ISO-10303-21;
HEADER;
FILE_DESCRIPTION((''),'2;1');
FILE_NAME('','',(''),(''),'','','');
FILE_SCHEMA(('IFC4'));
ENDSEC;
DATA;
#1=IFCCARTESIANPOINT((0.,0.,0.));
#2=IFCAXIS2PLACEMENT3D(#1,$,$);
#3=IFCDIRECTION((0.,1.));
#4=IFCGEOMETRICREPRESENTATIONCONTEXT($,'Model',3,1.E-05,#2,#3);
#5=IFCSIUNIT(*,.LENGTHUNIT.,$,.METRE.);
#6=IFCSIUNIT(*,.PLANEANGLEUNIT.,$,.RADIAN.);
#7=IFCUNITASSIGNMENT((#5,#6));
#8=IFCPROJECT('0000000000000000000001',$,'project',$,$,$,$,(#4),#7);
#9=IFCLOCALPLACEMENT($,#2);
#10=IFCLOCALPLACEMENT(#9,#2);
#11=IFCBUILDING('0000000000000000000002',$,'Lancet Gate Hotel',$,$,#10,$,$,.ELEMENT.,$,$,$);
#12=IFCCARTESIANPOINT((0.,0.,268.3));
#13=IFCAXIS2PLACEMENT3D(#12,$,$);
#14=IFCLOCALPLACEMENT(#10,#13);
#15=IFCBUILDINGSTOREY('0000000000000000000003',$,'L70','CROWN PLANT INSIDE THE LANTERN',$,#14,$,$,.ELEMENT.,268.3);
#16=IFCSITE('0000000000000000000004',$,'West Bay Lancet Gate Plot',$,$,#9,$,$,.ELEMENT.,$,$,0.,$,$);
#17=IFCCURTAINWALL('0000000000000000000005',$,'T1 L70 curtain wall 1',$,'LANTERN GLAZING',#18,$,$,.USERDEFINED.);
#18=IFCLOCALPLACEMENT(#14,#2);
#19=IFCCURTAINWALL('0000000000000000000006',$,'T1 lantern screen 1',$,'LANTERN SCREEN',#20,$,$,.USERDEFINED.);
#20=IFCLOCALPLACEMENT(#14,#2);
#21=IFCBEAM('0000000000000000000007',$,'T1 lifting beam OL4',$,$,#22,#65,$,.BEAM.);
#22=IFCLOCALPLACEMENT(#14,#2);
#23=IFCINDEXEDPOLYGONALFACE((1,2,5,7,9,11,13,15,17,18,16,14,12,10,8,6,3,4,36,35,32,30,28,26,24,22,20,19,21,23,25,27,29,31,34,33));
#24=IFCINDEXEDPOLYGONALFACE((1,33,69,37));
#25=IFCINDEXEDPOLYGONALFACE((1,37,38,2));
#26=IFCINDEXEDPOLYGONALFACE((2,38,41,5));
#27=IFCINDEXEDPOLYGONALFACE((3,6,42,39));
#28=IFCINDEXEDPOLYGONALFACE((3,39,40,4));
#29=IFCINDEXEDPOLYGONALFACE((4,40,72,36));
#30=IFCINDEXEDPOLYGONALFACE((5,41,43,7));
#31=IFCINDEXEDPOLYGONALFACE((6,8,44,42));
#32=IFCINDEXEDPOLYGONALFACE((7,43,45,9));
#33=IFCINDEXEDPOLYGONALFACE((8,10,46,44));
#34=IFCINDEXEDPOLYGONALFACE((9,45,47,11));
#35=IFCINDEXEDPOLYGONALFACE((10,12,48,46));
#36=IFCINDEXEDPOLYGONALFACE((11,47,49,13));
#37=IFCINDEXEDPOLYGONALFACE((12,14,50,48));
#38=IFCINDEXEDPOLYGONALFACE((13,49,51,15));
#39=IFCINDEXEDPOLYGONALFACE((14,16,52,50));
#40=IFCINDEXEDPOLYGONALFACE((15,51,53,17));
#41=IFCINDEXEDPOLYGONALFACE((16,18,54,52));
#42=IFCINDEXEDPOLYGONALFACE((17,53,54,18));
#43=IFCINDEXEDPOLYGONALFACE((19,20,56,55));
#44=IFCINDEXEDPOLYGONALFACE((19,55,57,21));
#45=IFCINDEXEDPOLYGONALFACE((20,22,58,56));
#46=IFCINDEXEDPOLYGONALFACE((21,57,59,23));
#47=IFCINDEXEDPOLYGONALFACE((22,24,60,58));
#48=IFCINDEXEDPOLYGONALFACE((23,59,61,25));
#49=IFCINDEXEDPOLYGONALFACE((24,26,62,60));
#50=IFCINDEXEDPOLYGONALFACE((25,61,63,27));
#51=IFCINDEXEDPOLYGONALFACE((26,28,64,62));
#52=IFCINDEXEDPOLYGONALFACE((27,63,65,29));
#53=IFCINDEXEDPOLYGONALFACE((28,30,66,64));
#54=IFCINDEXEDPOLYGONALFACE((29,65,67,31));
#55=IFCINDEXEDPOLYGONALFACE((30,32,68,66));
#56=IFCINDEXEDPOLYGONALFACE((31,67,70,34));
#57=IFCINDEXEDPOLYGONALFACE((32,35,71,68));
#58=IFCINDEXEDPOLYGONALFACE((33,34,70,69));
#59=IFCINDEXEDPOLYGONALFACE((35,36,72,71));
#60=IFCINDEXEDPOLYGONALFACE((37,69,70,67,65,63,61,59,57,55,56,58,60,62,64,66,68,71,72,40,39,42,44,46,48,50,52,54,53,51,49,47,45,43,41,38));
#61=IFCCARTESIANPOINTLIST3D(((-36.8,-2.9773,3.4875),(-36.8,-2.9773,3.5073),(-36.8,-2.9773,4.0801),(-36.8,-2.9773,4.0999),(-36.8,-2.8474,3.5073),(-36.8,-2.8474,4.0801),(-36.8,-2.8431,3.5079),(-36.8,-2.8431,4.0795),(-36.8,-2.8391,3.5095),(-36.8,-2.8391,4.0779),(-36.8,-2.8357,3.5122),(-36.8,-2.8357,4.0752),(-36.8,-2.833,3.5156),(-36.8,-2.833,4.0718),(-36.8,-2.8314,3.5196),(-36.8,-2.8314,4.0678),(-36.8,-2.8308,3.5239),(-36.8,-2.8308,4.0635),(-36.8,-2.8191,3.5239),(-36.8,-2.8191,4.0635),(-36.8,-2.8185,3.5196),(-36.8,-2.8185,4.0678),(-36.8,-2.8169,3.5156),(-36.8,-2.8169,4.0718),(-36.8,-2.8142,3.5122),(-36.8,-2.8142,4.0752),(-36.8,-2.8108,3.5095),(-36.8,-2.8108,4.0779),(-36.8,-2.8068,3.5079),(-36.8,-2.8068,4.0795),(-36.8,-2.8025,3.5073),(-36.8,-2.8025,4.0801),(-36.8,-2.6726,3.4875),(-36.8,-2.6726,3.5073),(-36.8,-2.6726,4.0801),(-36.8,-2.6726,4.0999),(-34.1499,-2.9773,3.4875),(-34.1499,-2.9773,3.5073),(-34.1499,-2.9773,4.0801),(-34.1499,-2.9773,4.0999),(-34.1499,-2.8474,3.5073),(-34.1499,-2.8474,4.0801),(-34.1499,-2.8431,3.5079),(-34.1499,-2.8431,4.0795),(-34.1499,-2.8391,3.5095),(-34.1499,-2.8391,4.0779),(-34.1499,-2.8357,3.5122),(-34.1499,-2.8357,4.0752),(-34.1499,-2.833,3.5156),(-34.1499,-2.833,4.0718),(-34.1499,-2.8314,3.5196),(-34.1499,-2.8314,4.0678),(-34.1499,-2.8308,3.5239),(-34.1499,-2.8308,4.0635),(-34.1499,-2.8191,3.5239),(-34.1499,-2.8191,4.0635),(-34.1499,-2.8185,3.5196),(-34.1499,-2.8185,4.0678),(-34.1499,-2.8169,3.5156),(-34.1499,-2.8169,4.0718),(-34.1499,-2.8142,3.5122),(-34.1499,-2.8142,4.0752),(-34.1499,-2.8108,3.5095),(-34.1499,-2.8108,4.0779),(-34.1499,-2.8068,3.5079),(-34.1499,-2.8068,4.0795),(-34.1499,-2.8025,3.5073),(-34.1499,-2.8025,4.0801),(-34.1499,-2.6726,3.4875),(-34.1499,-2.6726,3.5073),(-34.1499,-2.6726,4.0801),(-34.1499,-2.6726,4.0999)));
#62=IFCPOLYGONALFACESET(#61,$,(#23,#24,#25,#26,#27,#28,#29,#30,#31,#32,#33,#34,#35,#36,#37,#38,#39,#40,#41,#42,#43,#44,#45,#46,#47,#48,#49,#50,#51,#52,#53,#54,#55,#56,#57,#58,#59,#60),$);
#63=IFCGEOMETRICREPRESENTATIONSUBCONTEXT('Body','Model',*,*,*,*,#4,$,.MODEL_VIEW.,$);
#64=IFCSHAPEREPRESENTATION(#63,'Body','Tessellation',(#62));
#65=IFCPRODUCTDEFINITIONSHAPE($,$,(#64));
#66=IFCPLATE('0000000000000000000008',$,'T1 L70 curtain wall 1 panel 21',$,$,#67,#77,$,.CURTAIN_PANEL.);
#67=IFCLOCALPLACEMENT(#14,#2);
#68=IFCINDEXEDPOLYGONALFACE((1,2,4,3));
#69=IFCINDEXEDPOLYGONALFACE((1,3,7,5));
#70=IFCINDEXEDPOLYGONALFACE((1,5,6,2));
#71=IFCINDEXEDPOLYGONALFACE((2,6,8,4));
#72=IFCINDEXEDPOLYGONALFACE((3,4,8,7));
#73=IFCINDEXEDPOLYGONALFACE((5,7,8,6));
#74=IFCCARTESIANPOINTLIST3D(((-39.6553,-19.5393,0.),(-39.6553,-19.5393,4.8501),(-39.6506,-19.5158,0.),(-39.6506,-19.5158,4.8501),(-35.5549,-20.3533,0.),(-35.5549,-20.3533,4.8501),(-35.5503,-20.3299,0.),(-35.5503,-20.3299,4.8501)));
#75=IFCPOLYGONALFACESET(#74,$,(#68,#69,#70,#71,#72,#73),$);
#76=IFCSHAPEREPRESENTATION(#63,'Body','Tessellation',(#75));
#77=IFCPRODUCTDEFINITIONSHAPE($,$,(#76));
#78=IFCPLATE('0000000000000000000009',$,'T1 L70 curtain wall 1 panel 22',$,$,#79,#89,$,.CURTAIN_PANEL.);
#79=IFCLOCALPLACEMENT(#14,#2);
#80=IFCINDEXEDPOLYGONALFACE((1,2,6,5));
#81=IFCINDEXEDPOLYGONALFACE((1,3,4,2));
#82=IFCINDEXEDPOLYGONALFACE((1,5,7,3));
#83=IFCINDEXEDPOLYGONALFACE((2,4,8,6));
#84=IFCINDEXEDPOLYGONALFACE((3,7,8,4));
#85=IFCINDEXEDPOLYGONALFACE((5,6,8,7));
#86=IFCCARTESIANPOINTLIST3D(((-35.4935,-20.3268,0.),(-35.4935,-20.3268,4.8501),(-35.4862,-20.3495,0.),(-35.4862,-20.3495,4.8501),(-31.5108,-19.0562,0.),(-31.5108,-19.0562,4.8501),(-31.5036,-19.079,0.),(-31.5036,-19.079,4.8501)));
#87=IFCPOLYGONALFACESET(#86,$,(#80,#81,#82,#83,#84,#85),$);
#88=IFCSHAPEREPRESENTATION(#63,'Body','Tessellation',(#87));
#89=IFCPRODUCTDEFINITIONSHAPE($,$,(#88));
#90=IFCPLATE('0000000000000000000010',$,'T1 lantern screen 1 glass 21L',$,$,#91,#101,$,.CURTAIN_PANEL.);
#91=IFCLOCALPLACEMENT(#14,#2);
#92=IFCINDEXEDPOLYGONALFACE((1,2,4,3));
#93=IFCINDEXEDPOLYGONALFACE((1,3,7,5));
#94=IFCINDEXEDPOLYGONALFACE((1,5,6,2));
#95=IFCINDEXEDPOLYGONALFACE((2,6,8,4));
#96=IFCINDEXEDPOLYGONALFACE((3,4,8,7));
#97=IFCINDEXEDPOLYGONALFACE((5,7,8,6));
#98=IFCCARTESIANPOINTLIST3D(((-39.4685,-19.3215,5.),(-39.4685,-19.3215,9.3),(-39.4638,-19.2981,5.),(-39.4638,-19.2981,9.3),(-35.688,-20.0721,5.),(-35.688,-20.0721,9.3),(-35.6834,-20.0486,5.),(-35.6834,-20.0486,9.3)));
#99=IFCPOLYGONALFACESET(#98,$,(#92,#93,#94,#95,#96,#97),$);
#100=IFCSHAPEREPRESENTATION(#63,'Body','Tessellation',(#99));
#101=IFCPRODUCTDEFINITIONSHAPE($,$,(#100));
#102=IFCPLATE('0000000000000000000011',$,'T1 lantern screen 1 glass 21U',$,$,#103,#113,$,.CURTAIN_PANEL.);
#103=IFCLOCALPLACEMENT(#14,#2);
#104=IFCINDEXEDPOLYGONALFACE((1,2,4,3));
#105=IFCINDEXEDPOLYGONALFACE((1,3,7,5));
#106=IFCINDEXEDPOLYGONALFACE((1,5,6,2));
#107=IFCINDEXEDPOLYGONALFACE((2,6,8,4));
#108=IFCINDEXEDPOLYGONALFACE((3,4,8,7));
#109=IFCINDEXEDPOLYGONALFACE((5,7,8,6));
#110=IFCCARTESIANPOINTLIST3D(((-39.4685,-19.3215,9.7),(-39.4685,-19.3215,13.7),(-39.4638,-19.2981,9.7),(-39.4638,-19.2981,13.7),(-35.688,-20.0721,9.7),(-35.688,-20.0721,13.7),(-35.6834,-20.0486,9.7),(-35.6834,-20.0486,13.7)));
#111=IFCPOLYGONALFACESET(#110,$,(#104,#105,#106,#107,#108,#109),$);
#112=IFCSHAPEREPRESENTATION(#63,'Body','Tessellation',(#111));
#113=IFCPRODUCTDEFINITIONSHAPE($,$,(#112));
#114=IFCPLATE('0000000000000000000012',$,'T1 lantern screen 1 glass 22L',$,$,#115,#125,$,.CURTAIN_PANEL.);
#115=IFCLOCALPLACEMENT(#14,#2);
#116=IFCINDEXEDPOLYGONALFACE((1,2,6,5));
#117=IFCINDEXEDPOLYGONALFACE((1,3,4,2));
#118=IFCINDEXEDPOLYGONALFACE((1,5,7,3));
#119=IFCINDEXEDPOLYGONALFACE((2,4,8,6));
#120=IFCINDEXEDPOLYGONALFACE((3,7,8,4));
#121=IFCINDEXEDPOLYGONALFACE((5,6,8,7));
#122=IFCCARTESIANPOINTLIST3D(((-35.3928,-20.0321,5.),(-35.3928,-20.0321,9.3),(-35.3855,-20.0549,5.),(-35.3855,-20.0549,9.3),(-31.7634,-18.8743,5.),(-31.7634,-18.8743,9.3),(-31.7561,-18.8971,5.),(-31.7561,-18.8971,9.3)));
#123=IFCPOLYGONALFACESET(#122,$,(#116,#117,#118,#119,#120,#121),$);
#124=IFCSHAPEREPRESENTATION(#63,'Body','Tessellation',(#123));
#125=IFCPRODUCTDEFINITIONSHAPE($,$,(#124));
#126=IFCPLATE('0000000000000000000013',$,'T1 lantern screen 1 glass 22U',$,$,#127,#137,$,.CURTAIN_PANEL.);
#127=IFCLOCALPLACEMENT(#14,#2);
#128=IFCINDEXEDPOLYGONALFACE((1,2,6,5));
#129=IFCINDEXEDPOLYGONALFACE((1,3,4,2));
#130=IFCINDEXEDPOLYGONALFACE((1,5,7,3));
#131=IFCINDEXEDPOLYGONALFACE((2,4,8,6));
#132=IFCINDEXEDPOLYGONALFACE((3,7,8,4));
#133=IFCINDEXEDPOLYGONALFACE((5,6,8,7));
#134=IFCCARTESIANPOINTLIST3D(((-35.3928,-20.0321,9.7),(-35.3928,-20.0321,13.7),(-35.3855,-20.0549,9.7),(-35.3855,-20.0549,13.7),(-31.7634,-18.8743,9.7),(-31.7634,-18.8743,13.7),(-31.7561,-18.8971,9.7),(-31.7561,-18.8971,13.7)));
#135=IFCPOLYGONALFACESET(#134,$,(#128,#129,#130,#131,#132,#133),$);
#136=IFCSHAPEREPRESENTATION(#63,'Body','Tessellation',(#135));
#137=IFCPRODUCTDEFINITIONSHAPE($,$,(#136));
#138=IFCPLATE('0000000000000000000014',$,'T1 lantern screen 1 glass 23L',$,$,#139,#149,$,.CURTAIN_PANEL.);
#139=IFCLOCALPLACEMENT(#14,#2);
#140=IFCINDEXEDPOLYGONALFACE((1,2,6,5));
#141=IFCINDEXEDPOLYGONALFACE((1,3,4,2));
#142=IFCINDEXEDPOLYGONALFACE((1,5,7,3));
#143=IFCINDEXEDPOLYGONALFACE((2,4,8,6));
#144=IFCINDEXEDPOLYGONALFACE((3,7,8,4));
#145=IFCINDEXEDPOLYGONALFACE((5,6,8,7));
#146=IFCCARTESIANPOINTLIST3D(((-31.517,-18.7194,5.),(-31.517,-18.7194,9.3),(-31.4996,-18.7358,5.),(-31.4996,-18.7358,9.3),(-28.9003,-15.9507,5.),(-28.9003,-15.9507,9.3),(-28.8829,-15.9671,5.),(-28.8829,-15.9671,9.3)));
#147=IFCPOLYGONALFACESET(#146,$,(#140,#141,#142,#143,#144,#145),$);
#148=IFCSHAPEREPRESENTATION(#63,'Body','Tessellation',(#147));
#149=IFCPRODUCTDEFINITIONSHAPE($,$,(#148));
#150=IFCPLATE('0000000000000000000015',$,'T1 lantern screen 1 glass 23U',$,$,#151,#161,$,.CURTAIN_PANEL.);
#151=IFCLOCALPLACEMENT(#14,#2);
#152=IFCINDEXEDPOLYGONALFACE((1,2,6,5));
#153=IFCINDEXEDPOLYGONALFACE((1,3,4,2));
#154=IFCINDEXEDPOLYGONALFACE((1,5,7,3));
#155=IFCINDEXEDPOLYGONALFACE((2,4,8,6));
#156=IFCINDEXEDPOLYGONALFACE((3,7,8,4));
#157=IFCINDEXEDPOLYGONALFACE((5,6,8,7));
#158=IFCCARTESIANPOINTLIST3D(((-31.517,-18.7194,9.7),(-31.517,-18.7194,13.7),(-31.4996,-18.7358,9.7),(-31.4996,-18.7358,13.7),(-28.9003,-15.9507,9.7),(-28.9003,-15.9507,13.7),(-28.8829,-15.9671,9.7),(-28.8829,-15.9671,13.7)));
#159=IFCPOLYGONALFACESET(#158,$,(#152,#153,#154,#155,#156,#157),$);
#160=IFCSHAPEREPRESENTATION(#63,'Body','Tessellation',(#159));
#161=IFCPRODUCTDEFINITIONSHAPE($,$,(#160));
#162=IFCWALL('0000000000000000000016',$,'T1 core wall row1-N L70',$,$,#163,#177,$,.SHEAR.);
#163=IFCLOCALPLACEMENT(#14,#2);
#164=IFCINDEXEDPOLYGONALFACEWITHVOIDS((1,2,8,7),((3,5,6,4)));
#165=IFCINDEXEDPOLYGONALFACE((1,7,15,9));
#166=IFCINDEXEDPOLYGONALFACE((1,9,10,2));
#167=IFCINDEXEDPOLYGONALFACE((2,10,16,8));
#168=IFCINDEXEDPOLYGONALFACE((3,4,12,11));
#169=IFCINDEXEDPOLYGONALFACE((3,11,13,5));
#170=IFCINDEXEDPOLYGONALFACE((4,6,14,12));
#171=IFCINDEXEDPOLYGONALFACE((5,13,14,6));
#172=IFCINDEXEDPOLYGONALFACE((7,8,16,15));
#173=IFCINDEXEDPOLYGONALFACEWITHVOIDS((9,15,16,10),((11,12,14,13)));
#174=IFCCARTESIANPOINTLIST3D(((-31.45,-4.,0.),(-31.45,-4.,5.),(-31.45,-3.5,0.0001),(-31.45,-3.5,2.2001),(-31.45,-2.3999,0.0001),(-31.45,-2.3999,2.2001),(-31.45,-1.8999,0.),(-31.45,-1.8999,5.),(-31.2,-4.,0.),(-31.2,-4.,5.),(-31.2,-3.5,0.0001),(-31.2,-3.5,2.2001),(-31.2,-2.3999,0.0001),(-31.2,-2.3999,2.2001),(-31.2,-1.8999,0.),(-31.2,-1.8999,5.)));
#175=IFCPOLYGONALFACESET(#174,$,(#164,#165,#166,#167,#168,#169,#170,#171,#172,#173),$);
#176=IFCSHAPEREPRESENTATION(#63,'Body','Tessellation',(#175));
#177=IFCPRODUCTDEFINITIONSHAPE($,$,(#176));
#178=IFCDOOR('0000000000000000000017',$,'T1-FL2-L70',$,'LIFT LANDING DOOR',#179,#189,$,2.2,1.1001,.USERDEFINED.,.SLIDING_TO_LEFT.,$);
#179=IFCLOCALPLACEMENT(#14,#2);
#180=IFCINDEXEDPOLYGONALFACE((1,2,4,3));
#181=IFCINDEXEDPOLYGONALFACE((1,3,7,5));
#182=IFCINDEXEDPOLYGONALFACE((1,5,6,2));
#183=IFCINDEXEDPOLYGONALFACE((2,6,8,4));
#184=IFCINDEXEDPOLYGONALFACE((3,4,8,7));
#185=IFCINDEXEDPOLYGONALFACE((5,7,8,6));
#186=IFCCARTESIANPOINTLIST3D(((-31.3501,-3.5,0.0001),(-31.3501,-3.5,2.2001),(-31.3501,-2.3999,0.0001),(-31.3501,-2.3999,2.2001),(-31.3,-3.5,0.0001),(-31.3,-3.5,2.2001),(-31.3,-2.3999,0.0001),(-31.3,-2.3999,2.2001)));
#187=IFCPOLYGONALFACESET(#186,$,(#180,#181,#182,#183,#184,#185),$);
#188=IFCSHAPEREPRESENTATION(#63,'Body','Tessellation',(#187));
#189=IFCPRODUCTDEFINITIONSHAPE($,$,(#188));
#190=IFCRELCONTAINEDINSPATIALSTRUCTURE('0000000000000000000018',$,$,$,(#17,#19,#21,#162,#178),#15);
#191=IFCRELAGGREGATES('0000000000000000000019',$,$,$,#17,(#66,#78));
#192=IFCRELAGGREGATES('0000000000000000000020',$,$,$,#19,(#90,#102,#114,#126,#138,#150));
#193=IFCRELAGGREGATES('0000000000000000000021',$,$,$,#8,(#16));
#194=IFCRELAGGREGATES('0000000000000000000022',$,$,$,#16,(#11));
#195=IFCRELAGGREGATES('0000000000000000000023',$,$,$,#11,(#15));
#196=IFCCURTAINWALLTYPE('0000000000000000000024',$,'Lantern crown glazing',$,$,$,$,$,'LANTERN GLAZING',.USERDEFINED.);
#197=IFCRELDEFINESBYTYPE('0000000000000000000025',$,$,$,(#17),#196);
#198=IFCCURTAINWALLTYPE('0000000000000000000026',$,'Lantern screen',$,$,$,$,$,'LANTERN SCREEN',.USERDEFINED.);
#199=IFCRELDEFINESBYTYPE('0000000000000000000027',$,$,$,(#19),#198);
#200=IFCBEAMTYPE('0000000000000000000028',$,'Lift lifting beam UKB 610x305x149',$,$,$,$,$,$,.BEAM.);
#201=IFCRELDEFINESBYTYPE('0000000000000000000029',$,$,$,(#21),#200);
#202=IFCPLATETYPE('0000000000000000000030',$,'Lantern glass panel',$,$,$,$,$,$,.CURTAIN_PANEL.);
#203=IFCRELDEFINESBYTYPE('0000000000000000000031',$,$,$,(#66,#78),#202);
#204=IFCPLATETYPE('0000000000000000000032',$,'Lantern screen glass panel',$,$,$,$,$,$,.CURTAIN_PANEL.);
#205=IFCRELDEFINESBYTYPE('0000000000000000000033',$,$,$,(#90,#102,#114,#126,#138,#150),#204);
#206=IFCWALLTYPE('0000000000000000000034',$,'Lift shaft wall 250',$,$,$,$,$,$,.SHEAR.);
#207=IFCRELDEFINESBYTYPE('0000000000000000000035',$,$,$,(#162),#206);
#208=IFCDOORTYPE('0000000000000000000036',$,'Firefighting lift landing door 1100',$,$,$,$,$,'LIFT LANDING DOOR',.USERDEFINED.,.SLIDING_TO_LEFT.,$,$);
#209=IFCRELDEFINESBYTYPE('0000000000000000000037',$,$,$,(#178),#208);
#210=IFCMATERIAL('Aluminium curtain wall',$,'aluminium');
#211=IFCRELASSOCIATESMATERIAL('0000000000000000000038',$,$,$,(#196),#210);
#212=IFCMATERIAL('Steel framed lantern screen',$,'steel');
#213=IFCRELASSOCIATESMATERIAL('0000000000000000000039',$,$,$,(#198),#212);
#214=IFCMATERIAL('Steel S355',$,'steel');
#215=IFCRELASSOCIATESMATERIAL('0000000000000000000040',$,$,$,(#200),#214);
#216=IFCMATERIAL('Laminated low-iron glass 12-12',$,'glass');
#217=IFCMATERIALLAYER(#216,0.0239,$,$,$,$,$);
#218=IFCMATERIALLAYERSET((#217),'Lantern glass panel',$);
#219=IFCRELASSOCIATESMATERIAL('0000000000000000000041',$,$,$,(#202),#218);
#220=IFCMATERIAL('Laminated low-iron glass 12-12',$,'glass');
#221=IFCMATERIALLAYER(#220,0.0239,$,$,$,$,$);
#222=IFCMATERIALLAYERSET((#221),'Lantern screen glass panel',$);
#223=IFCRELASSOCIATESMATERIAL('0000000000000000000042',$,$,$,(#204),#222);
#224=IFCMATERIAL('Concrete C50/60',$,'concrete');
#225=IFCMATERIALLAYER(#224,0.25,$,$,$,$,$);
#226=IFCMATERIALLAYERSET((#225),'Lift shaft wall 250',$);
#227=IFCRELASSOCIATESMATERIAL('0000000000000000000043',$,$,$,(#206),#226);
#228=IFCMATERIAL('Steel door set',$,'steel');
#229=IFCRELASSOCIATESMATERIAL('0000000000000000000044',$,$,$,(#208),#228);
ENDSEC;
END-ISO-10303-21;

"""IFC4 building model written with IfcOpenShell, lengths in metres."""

from ifc_helpers import new_model, si_unit, direction, frame, frame_2d, origin, origin_2d, place, context, subcontext, project, spatial, rectangle, i_section, extrude, material, layer, layer_set, material_profile, profile_set, type_object, element, fill, aggregate, save


model = new_model("IFC4")

# Units and contexts
model_context = context("Model", 3, precision=1e-05, world=origin(), true_north=direction((0.0, 1.0)))
body_context = subcontext(model_context, "Body", "Model", "MODEL_VIEW")
ifc_project = project(units=[si_unit("LENGTHUNIT", "METRE"), si_unit("PLANEANGLEUNIT", "RADIAN")], contexts=[model_context])

# Site, building, storey
site_placement = place(None, origin())
site = spatial("IfcSite", under=ifc_project, at=site_placement, Name="West Bay Lancet Gate Plot", CompositionType="ELEMENT", RefElevation=0.0)
building_placement = place(site_placement, origin())
building = spatial("IfcBuilding", under=site, at=building_placement, Name="Lancet Gate Hotel", CompositionType="ELEMENT")
storey_placement = place(building_placement, frame((0.0, 0.0, 268.3)))
storey = spatial("IfcBuildingStorey", under=building, at=storey_placement, Name="L70", Description="CROWN PLANT INSIDE THE LANTERN", CompositionType="ELEMENT", Elevation=268.3)

# Curtain wall
ifc_material_1 = material(Name="Aluminium curtain wall", Category="aluminium")
curtain_wall_type_1 = type_object("IfcCurtainWallType", Name="Lantern crown glazing", ElementType="LANTERN GLAZING", PredefinedType="USERDEFINED", material=ifc_material_1)
curtain_wall_1_placement = place(storey_placement, origin())
curtain_wall_1 = element("IfcCurtainWall", 1, at=curtain_wall_1_placement, inside=storey, type_object=curtain_wall_type_1, Name="T1 L70 curtain wall 1", ObjectType="LANTERN GLAZING", PredefinedType="USERDEFINED")

# Curtain wall
ifc_material_2 = material(Name="Steel framed lantern screen", Category="steel")
curtain_wall_type_2 = type_object("IfcCurtainWallType", Name="Lantern screen", ElementType="LANTERN SCREEN", PredefinedType="USERDEFINED", material=ifc_material_2)
curtain_wall_2_placement = place(storey_placement, origin())
curtain_wall_2 = element("IfcCurtainWall", 2, at=curtain_wall_2_placement, inside=storey, type_object=curtain_wall_type_2, Name="T1 lantern screen 1", ObjectType="LANTERN SCREEN", PredefinedType="USERDEFINED")

# Beam
ifc_material_3 = material(Name="Steel S355", Category="steel")
ifc_material_profile_1 = material_profile(ifc_material_3, i_section(OverallWidth=0.3047, OverallDepth=0.6123, WebThickness=0.0117, FlangeThickness=0.0198, FilletRadius=0.0166, at=origin_2d()), Name="UKB 610x305x149")
ifc_profile_set_1 = profile_set([ifc_material_profile_1], Name="Steel S355")
beam_type_1 = type_object("IfcBeamType", Name="Lift lifting beam UKB 610x305x149", PredefinedType="BEAM", material=ifc_profile_set_1)
beam_1_placement = place(storey_placement, frame((-34.1499, -2.825, 3.7937), z_axis=(-1.0, 0.0, 0.0), x_axis=(0.0, -1.0, 0.0)))
element("IfcBeam", 3, at=beam_1_placement, inside=storey, type_object=beam_type_1, Name="T1 lifting beam OL4", PredefinedType="BEAM", context=body_context, shape_type="SweptSolid", body=[
    extrude(i_section(OverallWidth=0.3047, OverallDepth=0.6123, WebThickness=0.0117, FlangeThickness=0.0198, FilletRadius=0.0166, at=origin_2d()), origin(), (0.0, 0.0, 1.0), 2.6501),
])

# Plates
ifc_material_4 = material(Name="Laminated low-iron glass 12-12", Category="glass")
ifc_layer_1 = layer(ifc_material_4, 0.0239)
ifc_layer_set_1 = layer_set([ifc_layer_1], Name="Lantern glass panel")
plate_type_1 = type_object("IfcPlateType", Name="Lantern glass panel", PredefinedType="CURTAIN_PANEL", material=ifc_layer_set_1)
plate_1_placement = place(storey_placement, frame((-37.6028, -19.9346, 0.0), z_axis=(0.0, 0.0, 1.0), x_axis=(0.980857, -0.194731, 0.0)))
plate_1 = element("IfcPlate", 4, at=plate_1_placement, type_object=plate_type_1, Name="T1 L70 curtain wall 1 panel 21", PredefinedType="CURTAIN_PANEL", context=body_context, shape_type="SweptSolid", body=[
    extrude(rectangle(XDim=4.1804, YDim=0.0239, at=origin_2d()), origin(), (0.0, 0.0, 1.0), 4.8501),
])
plate_2_placement = place(storey_placement, frame((-33.4985, -19.7029, 0.0), z_axis=(0.0, 0.0, 1.0), x_axis=(0.952696, 0.303926, 0.0)))
plate_2 = element("IfcPlate", 5, at=plate_2_placement, type_object=plate_type_1, Name="T1 L70 curtain wall 1 panel 22", PredefinedType="CURTAIN_PANEL", context=body_context, shape_type="SweptSolid", body=[
    extrude(rectangle(XDim=4.1804, YDim=0.0239, at=origin_2d()), origin(), (0.0, 0.0, 1.0), 4.8501),
])
aggregate(curtain_wall_1, [plate_1, plate_2])
ifc_material_5 = material(Name="Laminated low-iron glass 12-12", Category="glass")
ifc_layer_2 = layer(ifc_material_5, 0.0239)
ifc_layer_set_2 = layer_set([ifc_layer_2], Name="Lantern screen glass panel")
plate_type_2 = type_object("IfcPlateType", Name="Lantern screen glass panel", PredefinedType="CURTAIN_PANEL", material=ifc_layer_set_2)
plate_3_placement = place(storey_placement, frame((-37.5759, -19.6851, 5.0), z_axis=(0.0, 0.0, 1.0), x_axis=(0.980857, -0.194731, 0.0)))
plate_3 = element("IfcPlate", 6, at=plate_3_placement, type_object=plate_type_2, Name="T1 lantern screen 1 glass 21L", PredefinedType="CURTAIN_PANEL", context=body_context, shape_type="SweptSolid", body=[
    extrude(rectangle(XDim=3.8542, YDim=0.0239, at=origin_2d()), origin(), (0.0, 0.0, 1.0), 4.3),
])
plate_4_placement = place(storey_placement, frame((-37.5759, -19.6851, 9.7), z_axis=(0.0, 0.0, 1.0), x_axis=(0.980857, -0.194731, 0.0)))
plate_4 = element("IfcPlate", 7, at=plate_4_placement, type_object=plate_type_2, Name="T1 lantern screen 1 glass 21U", PredefinedType="CURTAIN_PANEL", context=body_context, shape_type="SweptSolid", body=[
    extrude(rectangle(XDim=3.8542, YDim=0.0239, at=origin_2d()), origin(), (0.0, 0.0, 1.0), 4.0),
])
plate_5_placement = place(storey_placement, frame((-33.5745, -19.4646, 5.0), z_axis=(0.0, 0.0, 1.0), x_axis=(0.952696, 0.303926, 0.0)))
plate_5 = element("IfcPlate", 8, at=plate_5_placement, type_object=plate_type_2, Name="T1 lantern screen 1 glass 22L", PredefinedType="CURTAIN_PANEL", context=body_context, shape_type="SweptSolid", body=[
    extrude(rectangle(XDim=3.8096, YDim=0.0239, at=origin_2d()), origin(), (0.0, 0.0, 1.0), 4.3),
])
plate_6_placement = place(storey_placement, frame((-33.5745, -19.4646, 9.7), z_axis=(0.0, 0.0, 1.0), x_axis=(0.952696, 0.303926, 0.0)))
plate_6 = element("IfcPlate", 9, at=plate_6_placement, type_object=plate_type_2, Name="T1 lantern screen 1 glass 22U", PredefinedType="CURTAIN_PANEL", context=body_context, shape_type="SweptSolid", body=[
    extrude(rectangle(XDim=3.8096, YDim=0.0239, at=origin_2d()), origin(), (0.0, 0.0, 1.0), 4.0),
])
plate_7_placement = place(storey_placement, frame((-30.2, -17.3433, 5.0), z_axis=(0.0, 0.0, 1.0), x_axis=(0.686883, 0.726768, 0.0)))
plate_7 = element("IfcPlate", 10, at=plate_7_placement, type_object=plate_type_2, Name="T1 lantern screen 1 glass 23L", PredefinedType="CURTAIN_PANEL", context=body_context, shape_type="SweptSolid", body=[
    extrude(rectangle(XDim=3.8096, YDim=0.0239, at=origin_2d()), origin(), (0.0, 0.0, 1.0), 4.3),
])
plate_8_placement = place(storey_placement, frame((-30.2, -17.3433, 9.7), z_axis=(0.0, 0.0, 1.0), x_axis=(0.686883, 0.726768, 0.0)))
plate_8 = element("IfcPlate", 11, at=plate_8_placement, type_object=plate_type_2, Name="T1 lantern screen 1 glass 23U", PredefinedType="CURTAIN_PANEL", context=body_context, shape_type="SweptSolid", body=[
    extrude(rectangle(XDim=3.8096, YDim=0.0239, at=origin_2d()), origin(), (0.0, 0.0, 1.0), 4.0),
])
aggregate(curtain_wall_2, [plate_3, plate_4, plate_5, plate_6, plate_7, plate_8])

# Wall, opening, door
ifc_material_6 = material(Name="Concrete C50/60", Category="concrete")
ifc_layer_3 = layer(ifc_material_6, 0.25)
ifc_layer_set_3 = layer_set([ifc_layer_3], Name="Lift shaft wall 250")
wall_type = type_object("IfcWallType", Name="Lift shaft wall 250", PredefinedType="SHEAR", material=ifc_layer_set_3)
wall_1_placement = place(storey_placement, frame((-31.325, -1.8999, 0.0), z_axis=(0.0, 0.0, 1.0), x_axis=(0.0, -1.0, 0.0)))
wall_1 = element("IfcWall", 12, at=wall_1_placement, inside=storey, type_object=wall_type, Name="T1 core wall row1-N L70", PredefinedType="SHEAR", context=body_context, shape_type="SweptSolid", body=[
    extrude(rectangle(XDim=2.1001, YDim=0.25, at=frame_2d((1.05, 0.0))), origin(), (0.0, 0.0, 1.0), 5.0),
])
opening_placement = place(wall_1_placement, frame((0.5, 0.0, 0.0)))
opening = element("IfcOpeningElement", 13, at=opening_placement, cuts=wall_1, PredefinedType="OPENING", context=body_context, shape_type="SweptSolid", body=[
    extrude(rectangle(XDim=1.1001, YDim=2.2, at=frame_2d((0.55, 1.1001))), frame((0.0, 0.135, 0.0), z_axis=(0.0, -1.0, 0.0), x_axis=(1.0, 0.0, 0.0)), (0.0, 0.0, 1.0), 0.27),
])
ifc_material_7 = material(Name="Steel door set", Category="steel")
door_type = type_object("IfcDoorType", Name="Firefighting lift landing door 1100", ElementType="LIFT LANDING DOOR", OperationType="SLIDING_TO_LEFT", PredefinedType="USERDEFINED", material=ifc_material_7)
door_placement = place(opening_placement, origin())
door = element("IfcDoor", 14, at=door_placement, inside=storey, type_object=door_type, Name="T1-FL2-L70", ObjectType="LIFT LANDING DOOR", OperationType="SLIDING_TO_LEFT", OverallHeight=2.2, OverallWidth=1.1001, PredefinedType="USERDEFINED", context=body_context, shape_type="SweptSolid", body=[
    extrude(rectangle(XDim=1.1001, YDim=2.2, at=frame_2d((0.55, 1.1001))), frame((0.0, 0.0249, 0.0), z_axis=(0.0, -1.0, 0.0), x_axis=(1.0, 0.0, 0.0)), (0.0, 0.0, 1.0), 0.05),
])
fill(opening, door)

save(model, "model.ifc")
